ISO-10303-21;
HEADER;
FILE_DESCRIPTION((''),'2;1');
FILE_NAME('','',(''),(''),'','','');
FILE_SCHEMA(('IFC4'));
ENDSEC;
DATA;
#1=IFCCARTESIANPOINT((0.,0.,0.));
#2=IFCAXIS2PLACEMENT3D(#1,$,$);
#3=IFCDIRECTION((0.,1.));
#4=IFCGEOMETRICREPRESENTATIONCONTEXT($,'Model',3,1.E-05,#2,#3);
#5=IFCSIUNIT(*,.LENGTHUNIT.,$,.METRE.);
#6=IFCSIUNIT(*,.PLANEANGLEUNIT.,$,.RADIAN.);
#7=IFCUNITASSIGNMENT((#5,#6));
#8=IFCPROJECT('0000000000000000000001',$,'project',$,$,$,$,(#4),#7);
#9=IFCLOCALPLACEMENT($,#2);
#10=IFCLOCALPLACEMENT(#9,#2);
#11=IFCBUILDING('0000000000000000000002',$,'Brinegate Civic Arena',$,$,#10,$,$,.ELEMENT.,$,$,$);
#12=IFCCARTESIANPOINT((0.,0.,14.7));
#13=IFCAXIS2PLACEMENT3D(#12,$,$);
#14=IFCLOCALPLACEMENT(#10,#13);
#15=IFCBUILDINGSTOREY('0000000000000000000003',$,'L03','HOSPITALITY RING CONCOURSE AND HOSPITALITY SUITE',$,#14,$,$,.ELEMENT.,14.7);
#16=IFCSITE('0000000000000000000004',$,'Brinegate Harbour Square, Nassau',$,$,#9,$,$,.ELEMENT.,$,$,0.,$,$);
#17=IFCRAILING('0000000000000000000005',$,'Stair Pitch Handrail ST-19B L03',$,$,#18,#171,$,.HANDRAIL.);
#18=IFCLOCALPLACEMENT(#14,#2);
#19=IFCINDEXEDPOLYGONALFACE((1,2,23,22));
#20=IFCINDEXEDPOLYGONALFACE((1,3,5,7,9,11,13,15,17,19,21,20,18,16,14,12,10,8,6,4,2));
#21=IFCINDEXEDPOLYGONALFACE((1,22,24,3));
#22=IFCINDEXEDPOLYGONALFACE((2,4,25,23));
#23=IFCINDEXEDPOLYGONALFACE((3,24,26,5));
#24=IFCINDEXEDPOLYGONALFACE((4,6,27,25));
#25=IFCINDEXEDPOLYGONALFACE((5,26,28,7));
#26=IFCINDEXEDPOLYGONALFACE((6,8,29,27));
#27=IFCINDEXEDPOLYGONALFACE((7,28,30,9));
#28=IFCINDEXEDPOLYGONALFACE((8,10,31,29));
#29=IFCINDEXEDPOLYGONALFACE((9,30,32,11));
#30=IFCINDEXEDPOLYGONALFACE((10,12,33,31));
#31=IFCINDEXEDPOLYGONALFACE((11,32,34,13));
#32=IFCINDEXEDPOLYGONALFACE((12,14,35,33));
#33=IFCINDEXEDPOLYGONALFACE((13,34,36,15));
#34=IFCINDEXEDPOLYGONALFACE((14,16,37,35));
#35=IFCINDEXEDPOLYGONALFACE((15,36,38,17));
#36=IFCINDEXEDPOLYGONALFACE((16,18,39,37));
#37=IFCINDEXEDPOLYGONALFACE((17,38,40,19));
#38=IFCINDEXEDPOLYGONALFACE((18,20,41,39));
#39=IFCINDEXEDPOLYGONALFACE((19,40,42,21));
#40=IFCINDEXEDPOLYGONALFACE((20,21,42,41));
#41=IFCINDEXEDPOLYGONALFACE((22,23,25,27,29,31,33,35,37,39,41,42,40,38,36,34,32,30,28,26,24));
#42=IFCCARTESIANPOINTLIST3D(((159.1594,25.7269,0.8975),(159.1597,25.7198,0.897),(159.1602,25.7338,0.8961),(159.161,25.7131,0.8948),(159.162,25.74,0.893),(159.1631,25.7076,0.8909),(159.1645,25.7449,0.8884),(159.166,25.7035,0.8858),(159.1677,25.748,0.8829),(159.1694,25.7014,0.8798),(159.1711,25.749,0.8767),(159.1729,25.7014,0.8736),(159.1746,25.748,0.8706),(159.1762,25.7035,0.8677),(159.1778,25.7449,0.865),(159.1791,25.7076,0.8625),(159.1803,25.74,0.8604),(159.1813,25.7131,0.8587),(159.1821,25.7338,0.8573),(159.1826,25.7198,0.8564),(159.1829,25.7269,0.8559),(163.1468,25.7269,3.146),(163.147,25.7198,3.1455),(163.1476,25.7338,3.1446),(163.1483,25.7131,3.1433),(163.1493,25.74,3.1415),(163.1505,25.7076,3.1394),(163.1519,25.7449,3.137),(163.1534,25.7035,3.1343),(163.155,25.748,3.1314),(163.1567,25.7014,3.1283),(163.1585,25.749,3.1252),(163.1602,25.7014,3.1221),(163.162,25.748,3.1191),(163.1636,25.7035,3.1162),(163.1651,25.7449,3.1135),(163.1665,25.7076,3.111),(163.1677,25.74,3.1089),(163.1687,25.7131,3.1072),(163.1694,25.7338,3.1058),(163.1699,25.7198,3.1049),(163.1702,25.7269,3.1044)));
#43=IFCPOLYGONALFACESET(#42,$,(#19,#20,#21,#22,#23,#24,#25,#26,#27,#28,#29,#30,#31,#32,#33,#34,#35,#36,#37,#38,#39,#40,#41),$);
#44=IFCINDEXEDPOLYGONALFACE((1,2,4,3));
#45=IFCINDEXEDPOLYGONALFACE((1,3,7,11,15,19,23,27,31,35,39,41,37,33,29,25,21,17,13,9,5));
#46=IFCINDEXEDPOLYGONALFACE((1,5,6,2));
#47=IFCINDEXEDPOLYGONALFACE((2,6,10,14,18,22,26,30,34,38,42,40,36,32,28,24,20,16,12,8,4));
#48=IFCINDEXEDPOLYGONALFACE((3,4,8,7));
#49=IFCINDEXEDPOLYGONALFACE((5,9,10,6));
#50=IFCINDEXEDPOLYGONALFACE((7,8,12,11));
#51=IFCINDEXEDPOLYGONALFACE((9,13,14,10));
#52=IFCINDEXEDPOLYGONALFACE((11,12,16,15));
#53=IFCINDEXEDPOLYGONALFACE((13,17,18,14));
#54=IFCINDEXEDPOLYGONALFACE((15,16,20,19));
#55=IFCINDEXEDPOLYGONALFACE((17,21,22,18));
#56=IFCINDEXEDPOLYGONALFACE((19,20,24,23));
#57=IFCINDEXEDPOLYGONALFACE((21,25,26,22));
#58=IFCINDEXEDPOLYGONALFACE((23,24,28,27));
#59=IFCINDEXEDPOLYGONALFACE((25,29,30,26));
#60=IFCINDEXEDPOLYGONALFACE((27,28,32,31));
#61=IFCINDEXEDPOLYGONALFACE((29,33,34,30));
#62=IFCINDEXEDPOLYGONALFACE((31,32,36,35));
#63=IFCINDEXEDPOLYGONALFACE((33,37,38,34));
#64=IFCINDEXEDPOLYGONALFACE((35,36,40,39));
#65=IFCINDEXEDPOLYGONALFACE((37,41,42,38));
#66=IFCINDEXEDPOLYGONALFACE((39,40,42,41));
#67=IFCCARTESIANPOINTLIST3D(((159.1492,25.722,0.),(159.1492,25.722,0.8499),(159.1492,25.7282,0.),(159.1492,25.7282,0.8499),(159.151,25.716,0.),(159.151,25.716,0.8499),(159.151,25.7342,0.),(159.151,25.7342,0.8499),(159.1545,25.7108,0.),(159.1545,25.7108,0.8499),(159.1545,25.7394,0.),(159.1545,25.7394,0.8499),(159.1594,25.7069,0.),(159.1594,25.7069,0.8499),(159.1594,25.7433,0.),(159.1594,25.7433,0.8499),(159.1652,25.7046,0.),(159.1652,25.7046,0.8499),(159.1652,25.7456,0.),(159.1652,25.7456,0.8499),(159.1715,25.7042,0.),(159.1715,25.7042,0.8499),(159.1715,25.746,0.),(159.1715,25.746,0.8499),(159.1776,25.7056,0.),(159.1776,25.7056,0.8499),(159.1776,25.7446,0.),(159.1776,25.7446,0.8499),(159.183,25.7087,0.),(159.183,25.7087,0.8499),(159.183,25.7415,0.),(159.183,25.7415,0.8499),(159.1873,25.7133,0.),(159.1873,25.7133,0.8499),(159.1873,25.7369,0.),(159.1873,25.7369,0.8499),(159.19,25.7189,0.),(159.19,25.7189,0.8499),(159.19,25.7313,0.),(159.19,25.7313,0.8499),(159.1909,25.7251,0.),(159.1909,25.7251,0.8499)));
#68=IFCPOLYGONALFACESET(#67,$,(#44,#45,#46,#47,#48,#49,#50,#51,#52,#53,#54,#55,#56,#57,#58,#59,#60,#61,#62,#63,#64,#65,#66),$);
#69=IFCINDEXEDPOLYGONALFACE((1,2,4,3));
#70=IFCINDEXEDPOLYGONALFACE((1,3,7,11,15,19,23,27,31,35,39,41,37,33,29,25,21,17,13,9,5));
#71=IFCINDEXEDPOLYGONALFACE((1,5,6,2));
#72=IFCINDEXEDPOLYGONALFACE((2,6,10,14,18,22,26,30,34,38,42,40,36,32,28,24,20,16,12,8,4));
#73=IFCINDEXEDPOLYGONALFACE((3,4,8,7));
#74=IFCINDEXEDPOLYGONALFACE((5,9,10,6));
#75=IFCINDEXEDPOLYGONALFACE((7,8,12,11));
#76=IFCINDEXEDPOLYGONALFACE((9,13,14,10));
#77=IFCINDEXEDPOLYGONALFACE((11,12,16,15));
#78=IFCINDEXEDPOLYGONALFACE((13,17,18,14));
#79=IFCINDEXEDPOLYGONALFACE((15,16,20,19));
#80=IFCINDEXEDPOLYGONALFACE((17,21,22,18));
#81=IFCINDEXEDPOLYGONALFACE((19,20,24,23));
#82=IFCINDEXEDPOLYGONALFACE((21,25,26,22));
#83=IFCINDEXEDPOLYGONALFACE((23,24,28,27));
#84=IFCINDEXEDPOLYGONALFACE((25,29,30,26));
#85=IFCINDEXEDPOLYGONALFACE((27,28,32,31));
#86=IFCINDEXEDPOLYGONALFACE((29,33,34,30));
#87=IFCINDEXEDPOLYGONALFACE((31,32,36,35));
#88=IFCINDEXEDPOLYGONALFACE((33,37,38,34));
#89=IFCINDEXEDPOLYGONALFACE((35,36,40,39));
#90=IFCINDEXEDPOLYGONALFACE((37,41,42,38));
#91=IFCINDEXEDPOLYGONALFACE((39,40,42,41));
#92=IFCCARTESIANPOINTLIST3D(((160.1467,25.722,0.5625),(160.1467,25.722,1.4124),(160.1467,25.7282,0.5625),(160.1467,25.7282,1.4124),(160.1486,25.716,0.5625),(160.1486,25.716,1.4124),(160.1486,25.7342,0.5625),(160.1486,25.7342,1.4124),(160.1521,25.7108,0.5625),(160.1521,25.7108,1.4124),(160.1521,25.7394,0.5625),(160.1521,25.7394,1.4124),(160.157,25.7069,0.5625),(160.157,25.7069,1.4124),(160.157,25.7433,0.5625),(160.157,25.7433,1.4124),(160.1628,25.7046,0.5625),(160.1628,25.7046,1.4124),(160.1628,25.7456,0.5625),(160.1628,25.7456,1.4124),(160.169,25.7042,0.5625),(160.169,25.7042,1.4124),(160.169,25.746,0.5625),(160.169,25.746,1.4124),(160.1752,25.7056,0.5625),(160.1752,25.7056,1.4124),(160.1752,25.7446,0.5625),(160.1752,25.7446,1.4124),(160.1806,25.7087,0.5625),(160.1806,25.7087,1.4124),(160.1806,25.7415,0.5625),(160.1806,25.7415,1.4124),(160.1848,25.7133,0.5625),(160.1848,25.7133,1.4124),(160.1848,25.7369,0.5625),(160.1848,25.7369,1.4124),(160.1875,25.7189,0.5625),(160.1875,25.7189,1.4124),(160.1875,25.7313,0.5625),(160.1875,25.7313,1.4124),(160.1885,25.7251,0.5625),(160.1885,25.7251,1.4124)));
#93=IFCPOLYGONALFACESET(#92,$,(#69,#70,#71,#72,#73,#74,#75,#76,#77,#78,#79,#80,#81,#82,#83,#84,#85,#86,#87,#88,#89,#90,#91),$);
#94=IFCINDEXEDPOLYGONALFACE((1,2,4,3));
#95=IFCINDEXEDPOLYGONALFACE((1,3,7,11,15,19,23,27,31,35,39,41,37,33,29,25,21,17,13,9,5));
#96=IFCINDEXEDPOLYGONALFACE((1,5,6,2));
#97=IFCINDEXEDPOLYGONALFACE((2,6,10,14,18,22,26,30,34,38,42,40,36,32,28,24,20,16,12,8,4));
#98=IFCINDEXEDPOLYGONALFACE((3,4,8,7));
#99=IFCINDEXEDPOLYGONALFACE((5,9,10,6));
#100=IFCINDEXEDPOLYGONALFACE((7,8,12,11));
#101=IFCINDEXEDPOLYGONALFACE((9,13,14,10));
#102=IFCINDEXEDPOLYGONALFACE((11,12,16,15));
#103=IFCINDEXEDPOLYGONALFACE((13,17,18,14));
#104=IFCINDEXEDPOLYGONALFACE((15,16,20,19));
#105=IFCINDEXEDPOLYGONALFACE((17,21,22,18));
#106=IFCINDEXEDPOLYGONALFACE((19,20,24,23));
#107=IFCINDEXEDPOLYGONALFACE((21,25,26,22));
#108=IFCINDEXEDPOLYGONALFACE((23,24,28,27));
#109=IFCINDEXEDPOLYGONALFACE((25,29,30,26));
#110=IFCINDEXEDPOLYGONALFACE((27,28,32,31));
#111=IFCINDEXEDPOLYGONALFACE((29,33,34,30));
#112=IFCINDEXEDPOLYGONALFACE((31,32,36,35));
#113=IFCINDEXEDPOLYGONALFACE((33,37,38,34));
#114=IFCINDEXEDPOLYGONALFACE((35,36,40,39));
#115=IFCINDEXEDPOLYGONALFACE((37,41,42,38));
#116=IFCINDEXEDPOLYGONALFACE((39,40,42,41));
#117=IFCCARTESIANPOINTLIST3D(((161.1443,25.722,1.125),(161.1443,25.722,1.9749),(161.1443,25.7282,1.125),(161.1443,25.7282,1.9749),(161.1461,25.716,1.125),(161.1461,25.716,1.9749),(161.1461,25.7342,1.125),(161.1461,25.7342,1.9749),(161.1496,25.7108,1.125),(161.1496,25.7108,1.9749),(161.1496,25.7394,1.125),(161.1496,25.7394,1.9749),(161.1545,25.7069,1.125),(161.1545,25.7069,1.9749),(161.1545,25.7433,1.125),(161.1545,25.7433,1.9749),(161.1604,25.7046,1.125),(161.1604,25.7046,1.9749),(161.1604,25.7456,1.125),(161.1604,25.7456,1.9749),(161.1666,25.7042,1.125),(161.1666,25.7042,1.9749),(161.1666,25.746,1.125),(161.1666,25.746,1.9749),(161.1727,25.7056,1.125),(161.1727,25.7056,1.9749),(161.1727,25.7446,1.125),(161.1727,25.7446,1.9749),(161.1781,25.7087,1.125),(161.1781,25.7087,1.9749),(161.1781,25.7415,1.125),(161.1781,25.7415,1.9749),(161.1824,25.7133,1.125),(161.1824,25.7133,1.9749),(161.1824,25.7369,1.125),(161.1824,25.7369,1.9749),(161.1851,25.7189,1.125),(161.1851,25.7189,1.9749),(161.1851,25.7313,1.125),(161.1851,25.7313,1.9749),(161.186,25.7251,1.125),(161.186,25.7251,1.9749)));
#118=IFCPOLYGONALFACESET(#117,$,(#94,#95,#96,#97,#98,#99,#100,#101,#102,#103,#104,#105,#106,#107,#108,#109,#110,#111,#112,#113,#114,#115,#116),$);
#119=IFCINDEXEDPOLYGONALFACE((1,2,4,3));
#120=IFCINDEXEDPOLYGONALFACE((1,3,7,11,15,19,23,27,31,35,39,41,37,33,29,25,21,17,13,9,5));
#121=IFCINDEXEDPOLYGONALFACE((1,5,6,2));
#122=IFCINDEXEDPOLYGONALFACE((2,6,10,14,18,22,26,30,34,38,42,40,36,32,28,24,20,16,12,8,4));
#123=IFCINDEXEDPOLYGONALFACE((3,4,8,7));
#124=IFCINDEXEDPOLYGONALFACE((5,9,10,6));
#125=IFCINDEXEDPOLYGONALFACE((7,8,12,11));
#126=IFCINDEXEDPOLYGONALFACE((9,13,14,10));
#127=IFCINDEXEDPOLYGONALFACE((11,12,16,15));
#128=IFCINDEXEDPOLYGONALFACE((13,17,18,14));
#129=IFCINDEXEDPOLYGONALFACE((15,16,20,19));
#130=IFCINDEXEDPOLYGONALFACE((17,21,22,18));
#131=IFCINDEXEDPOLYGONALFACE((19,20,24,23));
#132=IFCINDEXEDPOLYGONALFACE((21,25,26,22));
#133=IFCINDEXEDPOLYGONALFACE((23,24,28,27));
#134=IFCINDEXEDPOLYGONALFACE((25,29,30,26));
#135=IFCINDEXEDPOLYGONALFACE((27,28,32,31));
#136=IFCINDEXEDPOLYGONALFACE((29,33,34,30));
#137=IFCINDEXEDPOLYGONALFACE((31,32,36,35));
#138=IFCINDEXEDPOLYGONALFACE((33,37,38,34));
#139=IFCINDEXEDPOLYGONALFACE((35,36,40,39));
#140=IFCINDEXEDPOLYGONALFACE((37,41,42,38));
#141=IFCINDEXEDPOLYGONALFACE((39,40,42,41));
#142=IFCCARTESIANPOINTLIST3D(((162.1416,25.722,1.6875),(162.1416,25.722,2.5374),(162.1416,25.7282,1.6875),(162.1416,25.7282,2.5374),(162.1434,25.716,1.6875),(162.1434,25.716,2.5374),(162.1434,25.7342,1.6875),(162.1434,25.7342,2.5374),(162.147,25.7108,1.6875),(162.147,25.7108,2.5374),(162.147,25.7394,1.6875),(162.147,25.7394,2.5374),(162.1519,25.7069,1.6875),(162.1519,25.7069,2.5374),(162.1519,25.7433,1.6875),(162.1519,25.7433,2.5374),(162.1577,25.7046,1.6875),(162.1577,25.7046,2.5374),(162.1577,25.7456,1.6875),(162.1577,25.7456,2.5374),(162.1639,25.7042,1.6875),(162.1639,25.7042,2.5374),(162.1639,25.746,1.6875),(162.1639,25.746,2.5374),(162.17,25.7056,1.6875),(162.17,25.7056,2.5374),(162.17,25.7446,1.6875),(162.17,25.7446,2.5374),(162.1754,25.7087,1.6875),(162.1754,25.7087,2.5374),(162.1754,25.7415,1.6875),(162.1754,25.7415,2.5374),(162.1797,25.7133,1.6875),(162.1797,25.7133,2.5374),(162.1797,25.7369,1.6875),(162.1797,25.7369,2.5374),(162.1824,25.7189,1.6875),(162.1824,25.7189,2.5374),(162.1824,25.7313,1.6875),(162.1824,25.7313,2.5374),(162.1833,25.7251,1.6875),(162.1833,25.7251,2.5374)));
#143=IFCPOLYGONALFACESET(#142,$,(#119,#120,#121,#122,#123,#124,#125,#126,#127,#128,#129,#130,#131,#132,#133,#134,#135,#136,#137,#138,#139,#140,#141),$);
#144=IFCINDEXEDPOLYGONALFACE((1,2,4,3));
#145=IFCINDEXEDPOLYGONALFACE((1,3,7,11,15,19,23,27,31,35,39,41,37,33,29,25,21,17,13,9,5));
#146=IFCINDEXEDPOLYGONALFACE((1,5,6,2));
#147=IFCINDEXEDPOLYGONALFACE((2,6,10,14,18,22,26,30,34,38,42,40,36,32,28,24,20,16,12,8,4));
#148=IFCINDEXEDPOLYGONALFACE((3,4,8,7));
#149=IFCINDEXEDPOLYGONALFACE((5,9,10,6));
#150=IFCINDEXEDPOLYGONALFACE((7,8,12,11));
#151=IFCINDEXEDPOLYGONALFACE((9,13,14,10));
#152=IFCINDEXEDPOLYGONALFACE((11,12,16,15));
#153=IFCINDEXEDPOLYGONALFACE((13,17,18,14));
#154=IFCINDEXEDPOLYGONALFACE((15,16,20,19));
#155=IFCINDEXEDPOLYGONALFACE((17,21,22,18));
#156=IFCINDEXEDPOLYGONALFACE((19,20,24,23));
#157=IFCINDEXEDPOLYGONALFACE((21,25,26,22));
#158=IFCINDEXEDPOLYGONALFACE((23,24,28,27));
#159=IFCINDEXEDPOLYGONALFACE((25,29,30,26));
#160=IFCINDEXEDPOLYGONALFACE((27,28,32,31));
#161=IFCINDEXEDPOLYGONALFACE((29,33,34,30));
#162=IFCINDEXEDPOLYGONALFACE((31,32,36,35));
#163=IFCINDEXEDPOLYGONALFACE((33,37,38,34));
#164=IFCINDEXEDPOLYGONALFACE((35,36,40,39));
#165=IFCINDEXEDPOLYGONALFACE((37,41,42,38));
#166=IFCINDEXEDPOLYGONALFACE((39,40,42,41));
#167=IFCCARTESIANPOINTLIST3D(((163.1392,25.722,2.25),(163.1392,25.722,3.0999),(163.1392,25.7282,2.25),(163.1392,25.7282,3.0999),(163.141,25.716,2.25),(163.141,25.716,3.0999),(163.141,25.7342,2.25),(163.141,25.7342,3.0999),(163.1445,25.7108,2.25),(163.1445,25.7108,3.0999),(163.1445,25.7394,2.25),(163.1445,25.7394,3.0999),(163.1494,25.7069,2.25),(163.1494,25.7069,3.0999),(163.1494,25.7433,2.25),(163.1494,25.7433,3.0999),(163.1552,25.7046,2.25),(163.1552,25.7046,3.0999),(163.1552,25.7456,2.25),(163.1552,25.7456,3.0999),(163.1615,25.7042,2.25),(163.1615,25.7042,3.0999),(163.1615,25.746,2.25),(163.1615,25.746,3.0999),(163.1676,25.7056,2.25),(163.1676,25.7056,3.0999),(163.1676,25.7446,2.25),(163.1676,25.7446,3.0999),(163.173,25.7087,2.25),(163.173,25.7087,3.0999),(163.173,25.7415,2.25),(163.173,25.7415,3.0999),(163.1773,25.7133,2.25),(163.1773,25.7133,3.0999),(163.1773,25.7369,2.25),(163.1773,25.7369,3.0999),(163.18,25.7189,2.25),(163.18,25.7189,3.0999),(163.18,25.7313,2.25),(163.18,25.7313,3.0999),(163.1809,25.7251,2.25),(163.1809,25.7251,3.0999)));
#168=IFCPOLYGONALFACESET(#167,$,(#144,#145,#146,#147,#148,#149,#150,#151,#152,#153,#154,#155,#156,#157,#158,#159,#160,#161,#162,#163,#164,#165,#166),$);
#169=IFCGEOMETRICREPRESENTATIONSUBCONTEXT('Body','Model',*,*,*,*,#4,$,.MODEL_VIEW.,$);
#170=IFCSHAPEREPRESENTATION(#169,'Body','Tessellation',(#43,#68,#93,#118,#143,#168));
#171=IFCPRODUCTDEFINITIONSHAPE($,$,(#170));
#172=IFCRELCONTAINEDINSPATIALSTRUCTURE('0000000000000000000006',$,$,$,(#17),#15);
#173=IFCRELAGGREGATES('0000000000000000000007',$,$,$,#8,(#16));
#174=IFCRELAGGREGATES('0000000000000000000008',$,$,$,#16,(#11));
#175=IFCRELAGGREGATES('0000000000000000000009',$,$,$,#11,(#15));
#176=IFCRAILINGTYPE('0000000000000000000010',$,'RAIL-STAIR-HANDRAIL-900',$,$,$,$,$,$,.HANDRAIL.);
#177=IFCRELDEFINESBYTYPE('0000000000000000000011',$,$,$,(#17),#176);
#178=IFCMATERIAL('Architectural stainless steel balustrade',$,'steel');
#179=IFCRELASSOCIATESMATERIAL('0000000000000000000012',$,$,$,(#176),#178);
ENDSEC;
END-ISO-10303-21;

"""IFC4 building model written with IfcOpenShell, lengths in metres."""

from ifc_helpers import new_model, si_unit, direction, frame, origin, origin_2d, place, context, subcontext, project, spatial, circle, extrude, material, type_object, element, save


model = new_model("IFC4")

# Units and contexts
model_context = context("Model", 3, precision=1e-05, world=origin(), true_north=direction((0.0, 1.0)))
body_context = subcontext(model_context, "Body", "Model", "MODEL_VIEW")
ifc_project = project(units=[si_unit("LENGTHUNIT", "METRE"), si_unit("PLANEANGLEUNIT", "RADIAN")], contexts=[model_context])

# Site, building, storey
site_placement = place(None, origin())
site = spatial("IfcSite", under=ifc_project, at=site_placement, Name="Brinegate Harbour Square, Nassau", CompositionType="ELEMENT", RefElevation=0.0)
building_placement = place(site_placement, origin())
building = spatial("IfcBuilding", under=site, at=building_placement, Name="Brinegate Civic Arena", CompositionType="ELEMENT")
storey_placement = place(building_placement, frame((0.0, 0.0, 14.7)))
storey = spatial("IfcBuildingStorey", under=building, at=storey_placement, Name="L03", Description="HOSPITALITY RING CONCOURSE AND HOSPITALITY SUITE", CompositionType="ELEMENT", Elevation=14.7)

# Railing
ifc_material_1 = material(Name="Architectural stainless steel balustrade", Category="steel")
railing_type_1 = type_object("IfcRailingType", Name="RAIL-STAIR-HANDRAIL-900", PredefinedType="HANDRAIL", material=ifc_material_1)
for number, where, name in (
    (1, (159.1699, 25.7251, 0.0), "Stair Pitch Handrail ST-19B L03"),
):
    element("IfcRailing", number, at=place(storey_placement, frame(where)), inside=storey, type_object=railing_type_1, Name=name, PredefinedType="HANDRAIL", context=body_context, shape_type="SweptSolid", body=[
        extrude(circle(Radius=0.0239, at=origin_2d()), frame((0.0012, 0.0, 0.8767), z_axis=(0.87105, 0.0, 0.491195), x_axis=(0.0, 1.0, 0.0)), (0.0, 0.0, 1.0), 4.5776),
        extrude(circle(Radius=0.021, at=origin_2d()), origin(), (0.0, 0.0, 1.0), 0.8499),
        extrude(circle(Radius=0.021, at=origin_2d()), frame((0.9976, 0.0, 0.5625)), (0.0, 0.0, 1.0), 0.8499),
        extrude(circle(Radius=0.021, at=origin_2d()), frame((1.9951, 0.0, 1.125)), (0.0, 0.0, 1.0), 0.8499),
        extrude(circle(Radius=0.021, at=origin_2d()), frame((2.9924, 0.0, 1.6875)), (0.0, 0.0, 1.0), 0.8499),
        extrude(circle(Radius=0.021, at=origin_2d()), frame((3.99, 0.0, 2.25)), (0.0, 0.0, 1.0), 0.8499),
    ])

save(model, "model.ifc")
